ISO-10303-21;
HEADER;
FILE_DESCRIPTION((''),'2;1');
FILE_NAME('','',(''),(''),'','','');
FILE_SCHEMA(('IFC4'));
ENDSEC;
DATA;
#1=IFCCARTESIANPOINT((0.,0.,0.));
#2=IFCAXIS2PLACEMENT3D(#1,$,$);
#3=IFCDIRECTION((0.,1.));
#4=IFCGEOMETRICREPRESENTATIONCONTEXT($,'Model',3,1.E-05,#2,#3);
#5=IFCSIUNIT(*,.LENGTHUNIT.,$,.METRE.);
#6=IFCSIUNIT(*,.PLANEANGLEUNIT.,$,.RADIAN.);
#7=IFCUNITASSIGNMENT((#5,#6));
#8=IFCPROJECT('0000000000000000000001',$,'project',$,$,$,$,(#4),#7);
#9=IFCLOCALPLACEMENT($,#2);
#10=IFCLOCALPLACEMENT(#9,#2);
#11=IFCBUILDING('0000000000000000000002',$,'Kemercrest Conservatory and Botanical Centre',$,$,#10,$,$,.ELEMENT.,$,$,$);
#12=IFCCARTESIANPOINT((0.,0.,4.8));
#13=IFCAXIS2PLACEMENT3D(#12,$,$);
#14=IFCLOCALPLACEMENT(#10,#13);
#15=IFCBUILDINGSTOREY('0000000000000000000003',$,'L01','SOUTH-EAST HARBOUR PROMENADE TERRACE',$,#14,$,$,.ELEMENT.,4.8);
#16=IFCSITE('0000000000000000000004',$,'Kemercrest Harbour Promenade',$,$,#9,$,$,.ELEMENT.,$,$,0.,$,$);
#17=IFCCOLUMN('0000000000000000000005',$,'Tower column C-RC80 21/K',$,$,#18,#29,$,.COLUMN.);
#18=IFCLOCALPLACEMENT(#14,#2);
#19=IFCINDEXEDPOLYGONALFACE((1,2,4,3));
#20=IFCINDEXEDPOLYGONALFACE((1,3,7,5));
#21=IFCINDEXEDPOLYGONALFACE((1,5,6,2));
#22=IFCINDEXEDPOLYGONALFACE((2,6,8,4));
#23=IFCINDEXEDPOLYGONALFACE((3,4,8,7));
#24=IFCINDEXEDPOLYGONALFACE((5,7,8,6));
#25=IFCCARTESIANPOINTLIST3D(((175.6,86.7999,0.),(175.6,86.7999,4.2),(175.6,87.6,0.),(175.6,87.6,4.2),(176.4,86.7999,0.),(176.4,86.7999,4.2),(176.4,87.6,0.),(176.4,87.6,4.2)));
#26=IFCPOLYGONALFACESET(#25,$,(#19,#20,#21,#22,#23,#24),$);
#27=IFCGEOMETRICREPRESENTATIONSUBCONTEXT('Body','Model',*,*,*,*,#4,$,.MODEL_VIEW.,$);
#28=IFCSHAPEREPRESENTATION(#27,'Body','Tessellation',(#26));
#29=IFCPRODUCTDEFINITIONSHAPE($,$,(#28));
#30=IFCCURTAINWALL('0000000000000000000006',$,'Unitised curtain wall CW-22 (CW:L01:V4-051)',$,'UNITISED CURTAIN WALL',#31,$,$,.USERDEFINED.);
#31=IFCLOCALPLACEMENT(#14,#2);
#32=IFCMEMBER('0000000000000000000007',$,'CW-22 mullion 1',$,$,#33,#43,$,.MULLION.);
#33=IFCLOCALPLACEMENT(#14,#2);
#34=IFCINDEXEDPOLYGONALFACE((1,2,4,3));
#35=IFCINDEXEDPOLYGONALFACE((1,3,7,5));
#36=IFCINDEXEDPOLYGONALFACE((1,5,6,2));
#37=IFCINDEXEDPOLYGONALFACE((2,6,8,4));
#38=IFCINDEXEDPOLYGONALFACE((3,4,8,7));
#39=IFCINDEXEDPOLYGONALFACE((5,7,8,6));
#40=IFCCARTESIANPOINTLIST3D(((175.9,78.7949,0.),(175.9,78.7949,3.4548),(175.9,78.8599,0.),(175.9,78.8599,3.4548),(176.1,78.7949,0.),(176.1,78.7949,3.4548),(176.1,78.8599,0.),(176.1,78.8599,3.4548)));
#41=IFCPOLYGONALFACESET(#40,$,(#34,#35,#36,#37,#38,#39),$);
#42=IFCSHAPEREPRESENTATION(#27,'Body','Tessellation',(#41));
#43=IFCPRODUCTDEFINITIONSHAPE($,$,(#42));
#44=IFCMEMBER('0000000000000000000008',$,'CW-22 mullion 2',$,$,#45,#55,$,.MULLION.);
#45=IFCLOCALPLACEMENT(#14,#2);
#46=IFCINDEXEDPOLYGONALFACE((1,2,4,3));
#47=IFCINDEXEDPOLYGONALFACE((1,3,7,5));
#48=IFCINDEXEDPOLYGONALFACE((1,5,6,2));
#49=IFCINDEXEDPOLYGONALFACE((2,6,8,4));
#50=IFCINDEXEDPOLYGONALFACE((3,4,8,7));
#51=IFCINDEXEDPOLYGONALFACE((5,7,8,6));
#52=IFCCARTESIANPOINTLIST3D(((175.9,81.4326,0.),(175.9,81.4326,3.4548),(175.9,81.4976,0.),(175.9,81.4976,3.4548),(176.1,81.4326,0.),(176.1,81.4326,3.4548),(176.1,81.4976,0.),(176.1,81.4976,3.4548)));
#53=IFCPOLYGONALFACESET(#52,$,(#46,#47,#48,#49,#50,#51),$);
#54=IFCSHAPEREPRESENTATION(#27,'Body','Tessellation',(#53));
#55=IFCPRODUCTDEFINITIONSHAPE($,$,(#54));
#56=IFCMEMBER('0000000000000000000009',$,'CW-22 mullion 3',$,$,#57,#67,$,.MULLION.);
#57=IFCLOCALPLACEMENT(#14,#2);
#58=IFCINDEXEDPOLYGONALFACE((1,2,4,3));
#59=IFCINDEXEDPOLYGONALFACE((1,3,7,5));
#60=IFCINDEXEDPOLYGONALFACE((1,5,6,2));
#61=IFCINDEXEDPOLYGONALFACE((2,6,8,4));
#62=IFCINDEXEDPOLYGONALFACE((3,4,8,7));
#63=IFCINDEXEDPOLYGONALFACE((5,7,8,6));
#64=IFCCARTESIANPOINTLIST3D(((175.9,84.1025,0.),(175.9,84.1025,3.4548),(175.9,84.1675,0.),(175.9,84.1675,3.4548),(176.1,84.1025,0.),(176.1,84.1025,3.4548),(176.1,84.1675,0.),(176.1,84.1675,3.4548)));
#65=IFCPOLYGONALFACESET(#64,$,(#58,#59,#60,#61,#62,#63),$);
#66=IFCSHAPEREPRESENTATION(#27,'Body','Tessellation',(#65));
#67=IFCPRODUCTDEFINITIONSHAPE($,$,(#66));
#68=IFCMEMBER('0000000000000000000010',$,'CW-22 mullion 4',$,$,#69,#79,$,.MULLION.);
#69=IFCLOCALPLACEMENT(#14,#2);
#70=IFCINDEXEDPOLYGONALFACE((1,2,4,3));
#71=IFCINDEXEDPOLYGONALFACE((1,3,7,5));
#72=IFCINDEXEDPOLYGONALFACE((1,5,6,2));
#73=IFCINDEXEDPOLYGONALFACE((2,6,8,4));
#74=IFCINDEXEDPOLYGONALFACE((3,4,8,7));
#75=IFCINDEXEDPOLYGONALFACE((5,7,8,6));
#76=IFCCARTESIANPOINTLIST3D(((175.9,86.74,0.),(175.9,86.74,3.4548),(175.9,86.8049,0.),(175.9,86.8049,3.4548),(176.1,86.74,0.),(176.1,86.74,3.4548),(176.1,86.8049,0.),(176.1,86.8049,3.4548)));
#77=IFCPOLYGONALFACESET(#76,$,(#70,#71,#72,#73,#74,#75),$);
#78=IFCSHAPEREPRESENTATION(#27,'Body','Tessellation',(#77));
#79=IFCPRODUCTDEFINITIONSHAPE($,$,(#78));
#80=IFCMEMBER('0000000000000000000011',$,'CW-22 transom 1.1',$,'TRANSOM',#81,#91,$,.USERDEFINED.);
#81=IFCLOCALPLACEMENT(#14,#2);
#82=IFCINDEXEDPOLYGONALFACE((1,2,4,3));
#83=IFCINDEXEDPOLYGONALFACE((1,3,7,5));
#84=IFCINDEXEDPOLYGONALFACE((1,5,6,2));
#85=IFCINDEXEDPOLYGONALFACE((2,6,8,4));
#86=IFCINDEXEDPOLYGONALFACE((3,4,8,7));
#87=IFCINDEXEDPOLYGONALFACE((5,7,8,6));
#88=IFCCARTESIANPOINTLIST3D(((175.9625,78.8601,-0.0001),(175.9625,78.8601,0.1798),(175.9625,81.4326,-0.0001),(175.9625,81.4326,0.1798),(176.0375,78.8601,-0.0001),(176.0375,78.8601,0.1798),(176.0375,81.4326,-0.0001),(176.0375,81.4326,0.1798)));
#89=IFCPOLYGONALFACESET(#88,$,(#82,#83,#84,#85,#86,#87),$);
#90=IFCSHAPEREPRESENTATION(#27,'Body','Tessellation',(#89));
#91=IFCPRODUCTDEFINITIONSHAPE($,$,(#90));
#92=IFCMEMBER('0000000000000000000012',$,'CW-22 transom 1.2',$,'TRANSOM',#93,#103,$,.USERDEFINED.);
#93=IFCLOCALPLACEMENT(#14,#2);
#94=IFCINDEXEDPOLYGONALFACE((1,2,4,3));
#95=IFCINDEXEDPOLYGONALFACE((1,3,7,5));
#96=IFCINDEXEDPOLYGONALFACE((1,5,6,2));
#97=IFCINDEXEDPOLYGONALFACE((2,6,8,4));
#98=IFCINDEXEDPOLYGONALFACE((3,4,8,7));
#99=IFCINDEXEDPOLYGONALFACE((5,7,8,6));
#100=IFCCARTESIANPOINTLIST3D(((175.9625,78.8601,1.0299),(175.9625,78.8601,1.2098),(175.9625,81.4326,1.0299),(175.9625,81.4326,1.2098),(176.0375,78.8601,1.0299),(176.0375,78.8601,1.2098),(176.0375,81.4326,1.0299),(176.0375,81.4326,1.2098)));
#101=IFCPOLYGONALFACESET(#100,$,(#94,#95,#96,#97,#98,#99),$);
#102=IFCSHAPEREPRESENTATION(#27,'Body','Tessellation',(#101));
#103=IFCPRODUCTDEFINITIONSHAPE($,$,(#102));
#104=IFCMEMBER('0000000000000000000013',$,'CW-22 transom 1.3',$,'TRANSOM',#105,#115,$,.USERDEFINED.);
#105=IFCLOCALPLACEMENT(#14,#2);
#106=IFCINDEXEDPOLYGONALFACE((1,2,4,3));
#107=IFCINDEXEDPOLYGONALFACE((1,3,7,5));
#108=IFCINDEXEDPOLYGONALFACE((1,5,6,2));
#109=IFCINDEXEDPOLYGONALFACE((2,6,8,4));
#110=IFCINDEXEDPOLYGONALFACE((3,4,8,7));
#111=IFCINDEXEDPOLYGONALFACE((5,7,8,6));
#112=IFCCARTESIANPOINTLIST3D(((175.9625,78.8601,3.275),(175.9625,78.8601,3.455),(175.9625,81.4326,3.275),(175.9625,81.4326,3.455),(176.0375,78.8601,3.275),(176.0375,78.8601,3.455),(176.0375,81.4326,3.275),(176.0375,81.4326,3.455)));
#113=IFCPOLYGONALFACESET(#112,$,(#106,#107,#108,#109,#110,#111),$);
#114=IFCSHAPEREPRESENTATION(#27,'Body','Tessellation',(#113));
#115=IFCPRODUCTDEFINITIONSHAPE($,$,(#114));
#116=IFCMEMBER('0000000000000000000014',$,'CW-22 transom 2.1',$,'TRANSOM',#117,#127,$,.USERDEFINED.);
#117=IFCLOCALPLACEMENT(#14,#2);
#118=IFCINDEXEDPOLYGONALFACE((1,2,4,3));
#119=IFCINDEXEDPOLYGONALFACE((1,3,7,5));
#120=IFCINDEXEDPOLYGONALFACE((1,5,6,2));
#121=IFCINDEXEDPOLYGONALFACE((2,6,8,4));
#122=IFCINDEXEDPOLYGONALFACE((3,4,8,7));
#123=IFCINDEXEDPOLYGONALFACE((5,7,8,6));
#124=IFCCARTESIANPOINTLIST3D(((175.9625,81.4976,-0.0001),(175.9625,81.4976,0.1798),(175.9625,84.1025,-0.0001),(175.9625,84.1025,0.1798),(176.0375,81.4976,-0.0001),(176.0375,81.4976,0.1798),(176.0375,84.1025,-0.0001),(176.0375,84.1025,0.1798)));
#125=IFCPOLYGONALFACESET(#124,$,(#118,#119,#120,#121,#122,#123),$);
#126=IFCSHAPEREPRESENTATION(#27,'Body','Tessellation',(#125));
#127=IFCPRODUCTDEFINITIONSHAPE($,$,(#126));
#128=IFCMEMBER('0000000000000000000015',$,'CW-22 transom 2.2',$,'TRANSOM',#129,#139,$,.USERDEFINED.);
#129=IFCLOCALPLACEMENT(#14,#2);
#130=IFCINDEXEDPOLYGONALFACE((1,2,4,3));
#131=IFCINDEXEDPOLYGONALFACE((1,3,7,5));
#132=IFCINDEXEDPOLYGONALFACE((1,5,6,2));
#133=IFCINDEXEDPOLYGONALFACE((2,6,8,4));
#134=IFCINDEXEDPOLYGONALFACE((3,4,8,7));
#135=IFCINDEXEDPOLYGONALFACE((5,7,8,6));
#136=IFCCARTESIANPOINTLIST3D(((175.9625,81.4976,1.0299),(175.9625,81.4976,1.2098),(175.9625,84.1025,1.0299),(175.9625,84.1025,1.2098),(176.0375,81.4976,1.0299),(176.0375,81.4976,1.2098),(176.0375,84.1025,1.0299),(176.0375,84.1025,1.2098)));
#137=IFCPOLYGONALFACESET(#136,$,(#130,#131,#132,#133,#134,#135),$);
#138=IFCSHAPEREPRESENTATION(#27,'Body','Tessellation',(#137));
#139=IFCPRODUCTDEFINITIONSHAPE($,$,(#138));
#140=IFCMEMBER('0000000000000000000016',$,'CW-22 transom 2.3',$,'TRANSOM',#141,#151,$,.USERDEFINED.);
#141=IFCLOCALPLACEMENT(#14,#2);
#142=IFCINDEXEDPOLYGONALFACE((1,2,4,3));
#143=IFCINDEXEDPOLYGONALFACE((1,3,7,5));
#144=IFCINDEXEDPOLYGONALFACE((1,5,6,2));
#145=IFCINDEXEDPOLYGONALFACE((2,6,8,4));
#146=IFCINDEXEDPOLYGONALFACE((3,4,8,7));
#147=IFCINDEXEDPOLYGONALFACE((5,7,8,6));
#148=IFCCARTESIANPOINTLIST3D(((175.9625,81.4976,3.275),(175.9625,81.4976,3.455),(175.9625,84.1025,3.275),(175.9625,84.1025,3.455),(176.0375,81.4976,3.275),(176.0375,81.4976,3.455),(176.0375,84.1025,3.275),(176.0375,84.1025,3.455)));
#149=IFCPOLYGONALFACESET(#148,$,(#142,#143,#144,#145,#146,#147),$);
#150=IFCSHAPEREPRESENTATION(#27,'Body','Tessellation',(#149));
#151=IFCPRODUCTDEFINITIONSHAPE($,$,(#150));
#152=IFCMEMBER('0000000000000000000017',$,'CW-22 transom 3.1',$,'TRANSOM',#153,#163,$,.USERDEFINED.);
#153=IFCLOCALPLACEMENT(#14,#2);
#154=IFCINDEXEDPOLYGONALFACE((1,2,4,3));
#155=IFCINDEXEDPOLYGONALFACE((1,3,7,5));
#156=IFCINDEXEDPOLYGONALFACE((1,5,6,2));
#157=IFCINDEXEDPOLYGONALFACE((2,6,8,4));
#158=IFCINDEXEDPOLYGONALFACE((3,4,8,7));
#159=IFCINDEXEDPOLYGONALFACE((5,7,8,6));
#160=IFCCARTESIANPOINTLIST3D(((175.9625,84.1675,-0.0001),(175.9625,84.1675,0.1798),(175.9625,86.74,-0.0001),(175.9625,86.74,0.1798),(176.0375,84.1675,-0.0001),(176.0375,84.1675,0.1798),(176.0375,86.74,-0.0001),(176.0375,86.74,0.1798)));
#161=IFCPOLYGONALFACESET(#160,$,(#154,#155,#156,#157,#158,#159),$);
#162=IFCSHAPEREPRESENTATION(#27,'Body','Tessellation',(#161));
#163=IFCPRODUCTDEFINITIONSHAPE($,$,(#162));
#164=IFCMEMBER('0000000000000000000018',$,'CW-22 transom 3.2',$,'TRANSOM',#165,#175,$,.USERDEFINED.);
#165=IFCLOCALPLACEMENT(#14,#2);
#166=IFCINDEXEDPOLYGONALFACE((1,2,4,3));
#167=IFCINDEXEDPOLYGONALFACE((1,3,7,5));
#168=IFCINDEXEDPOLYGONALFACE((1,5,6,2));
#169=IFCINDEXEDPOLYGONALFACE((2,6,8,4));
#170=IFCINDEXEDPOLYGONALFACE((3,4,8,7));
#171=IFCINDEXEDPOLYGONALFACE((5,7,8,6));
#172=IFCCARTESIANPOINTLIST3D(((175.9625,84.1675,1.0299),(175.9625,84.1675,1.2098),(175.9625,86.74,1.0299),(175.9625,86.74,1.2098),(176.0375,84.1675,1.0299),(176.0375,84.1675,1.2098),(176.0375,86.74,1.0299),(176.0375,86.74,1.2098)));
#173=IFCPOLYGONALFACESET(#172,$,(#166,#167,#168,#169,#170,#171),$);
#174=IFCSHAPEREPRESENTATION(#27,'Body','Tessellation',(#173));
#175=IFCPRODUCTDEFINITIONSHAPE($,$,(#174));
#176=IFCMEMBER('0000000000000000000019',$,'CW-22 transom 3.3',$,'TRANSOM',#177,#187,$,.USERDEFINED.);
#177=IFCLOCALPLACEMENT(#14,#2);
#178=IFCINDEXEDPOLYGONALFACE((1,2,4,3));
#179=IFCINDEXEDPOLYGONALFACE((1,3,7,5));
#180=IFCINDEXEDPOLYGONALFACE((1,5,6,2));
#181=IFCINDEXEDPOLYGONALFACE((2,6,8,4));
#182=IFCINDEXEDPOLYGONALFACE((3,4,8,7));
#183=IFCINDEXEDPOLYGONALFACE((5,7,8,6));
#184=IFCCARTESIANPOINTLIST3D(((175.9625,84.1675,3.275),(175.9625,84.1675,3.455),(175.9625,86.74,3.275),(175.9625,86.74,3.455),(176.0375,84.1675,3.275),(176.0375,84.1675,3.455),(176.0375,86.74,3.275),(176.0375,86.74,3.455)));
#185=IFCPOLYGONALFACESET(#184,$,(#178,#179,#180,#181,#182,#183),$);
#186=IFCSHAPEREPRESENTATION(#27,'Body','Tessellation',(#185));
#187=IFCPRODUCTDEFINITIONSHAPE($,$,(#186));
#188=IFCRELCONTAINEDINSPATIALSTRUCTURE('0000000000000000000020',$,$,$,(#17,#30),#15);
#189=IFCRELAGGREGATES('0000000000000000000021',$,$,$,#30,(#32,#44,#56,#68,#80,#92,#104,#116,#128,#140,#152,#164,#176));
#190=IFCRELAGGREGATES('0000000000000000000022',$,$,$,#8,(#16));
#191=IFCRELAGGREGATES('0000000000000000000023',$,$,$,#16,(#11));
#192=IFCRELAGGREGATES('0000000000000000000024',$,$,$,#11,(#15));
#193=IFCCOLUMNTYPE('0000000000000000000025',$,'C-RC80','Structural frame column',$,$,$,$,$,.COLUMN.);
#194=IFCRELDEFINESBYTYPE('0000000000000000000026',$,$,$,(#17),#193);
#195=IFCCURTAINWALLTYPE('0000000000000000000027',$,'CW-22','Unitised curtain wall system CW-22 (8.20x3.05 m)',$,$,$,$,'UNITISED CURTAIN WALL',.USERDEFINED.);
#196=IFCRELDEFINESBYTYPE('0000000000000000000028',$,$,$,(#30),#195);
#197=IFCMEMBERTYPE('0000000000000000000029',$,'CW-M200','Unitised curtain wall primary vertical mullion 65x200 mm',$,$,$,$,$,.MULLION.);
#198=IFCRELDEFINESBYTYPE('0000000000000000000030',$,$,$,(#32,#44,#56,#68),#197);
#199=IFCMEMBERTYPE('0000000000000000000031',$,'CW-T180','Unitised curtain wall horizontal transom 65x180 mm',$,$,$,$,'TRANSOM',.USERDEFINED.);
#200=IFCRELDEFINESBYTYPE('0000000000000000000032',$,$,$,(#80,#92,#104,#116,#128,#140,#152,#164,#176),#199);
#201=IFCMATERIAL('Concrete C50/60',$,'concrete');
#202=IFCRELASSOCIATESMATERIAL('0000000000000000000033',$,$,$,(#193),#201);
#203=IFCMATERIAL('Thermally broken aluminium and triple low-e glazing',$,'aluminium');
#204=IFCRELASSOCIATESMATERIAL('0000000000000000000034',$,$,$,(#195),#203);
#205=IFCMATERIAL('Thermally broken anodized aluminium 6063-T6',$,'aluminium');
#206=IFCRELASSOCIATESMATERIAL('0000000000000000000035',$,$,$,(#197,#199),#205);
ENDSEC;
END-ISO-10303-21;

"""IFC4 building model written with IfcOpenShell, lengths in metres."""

from ifc_helpers import new_model, si_unit, direction, frame, origin, origin_2d, place, context, subcontext, project, spatial, rectangle, extrude, material, material_profile, profile_set, type_object, element, aggregate, save


model = new_model("IFC4")

# Units and contexts
model_context = context("Model", 3, precision=1e-05, world=origin(), true_north=direction((0.0, 1.0)))
body_context = subcontext(model_context, "Body", "Model", "MODEL_VIEW")
ifc_project = project(units=[si_unit("LENGTHUNIT", "METRE"), si_unit("PLANEANGLEUNIT", "RADIAN")], contexts=[model_context])

# Site, building, storey
site_placement = place(None, origin())
site = spatial("IfcSite", under=ifc_project, at=site_placement, Name="Kemercrest Harbour Promenade", CompositionType="ELEMENT", RefElevation=0.0)
building_placement = place(site_placement, origin())
building = spatial("IfcBuilding", under=site, at=building_placement, Name="Kemercrest Conservatory and Botanical Centre", CompositionType="ELEMENT")
storey_placement = place(building_placement, frame((0.0, 0.0, 4.8)))
storey = spatial("IfcBuildingStorey", under=building, at=storey_placement, Name="L01", Description="SOUTH-EAST HARBOUR PROMENADE TERRACE", CompositionType="ELEMENT", Elevation=4.8)

# Column
ifc_material_1 = material(Name="Concrete C50/60", Category="concrete")
ifc_material_profile_1 = material_profile(ifc_material_1, rectangle(XDim=0.8, YDim=0.8, at=origin_2d()), Name="RC 800x800")
ifc_profile_set_1 = profile_set([ifc_material_profile_1], Name="Concrete C50/60")
column_type = type_object("IfcColumnType", Name="C-RC80", Description="Structural frame column", PredefinedType="COLUMN", material=ifc_profile_set_1)
column_placement = place(storey_placement, frame((176.0, 87.2, 0.0), z_axis=(0.0, 0.0, 1.0), x_axis=(1.0, 0.0, 0.0)))
element("IfcColumn", 1, at=column_placement, inside=storey, type_object=column_type, Name="Tower column C-RC80 21/K", PredefinedType="COLUMN", context=body_context, shape_type="SweptSolid", body=[
    extrude(rectangle(XDim=0.8, YDim=0.8, at=origin_2d()), origin(), (0.0, 0.0, 1.0), 4.2),
])

# Curtain wall, members
ifc_material_2 = material(Name="Thermally broken aluminium and triple low-e glazing", Category="aluminium")
curtain_wall_type = type_object("IfcCurtainWallType", Name="CW-22", Description="Unitised curtain wall system CW-22 (8.20x3.05 m)", ElementType="UNITISED CURTAIN WALL", PredefinedType="USERDEFINED", material=ifc_material_2)
curtain_wall_placement = place(storey_placement, origin())
curtain_wall = element("IfcCurtainWall", 2, at=curtain_wall_placement, inside=storey, type_object=curtain_wall_type, Name="Unitised curtain wall CW-22 (CW:L01:V4-051)", ObjectType="UNITISED CURTAIN WALL", PredefinedType="USERDEFINED")
ifc_material_3 = material(Name="Thermally broken anodized aluminium 6063-T6", Category="aluminium")
ifc_material_profile_2 = material_profile(ifc_material_3, rectangle(XDim=0.2, YDim=0.0649, at=origin_2d()), Name="AL MULLION 65x200")
ifc_profile_set_2 = profile_set([ifc_material_profile_2], Name="Thermally broken anodized aluminium 6063-T6")
member_type_1 = type_object("IfcMemberType", Name="CW-M200", Description="Unitised curtain wall primary vertical mullion 65x200 mm", PredefinedType="MULLION", material=ifc_profile_set_2)
member_1_placement = place(storey_placement, frame((176.0, 78.8274, 0.0), z_axis=(0.0, 0.0, 1.0), x_axis=(-1.0, 0.0, 0.0)))
member_1 = element("IfcMember", 3, at=member_1_placement, type_object=member_type_1, Name="CW-22 mullion 1", PredefinedType="MULLION", context=body_context, shape_type="SweptSolid", body=[
    extrude(rectangle(XDim=0.2, YDim=0.0649, at=origin_2d()), origin(), (0.0, 0.0, 1.0), 3.4548),
])
member_2_placement = place(storey_placement, frame((176.0, 81.4651, 0.0), z_axis=(0.0, 0.0, 1.0), x_axis=(-1.0, 0.0, 0.0)))
member_2 = element("IfcMember", 4, at=member_2_placement, type_object=member_type_1, Name="CW-22 mullion 2", PredefinedType="MULLION", context=body_context, shape_type="SweptSolid", body=[
    extrude(rectangle(XDim=0.2, YDim=0.0649, at=origin_2d()), origin(), (0.0, 0.0, 1.0), 3.4548),
])
member_3_placement = place(storey_placement, frame((176.0, 84.135, 0.0), z_axis=(0.0, 0.0, 1.0), x_axis=(-1.0, 0.0, 0.0)))
member_3 = element("IfcMember", 5, at=member_3_placement, type_object=member_type_1, Name="CW-22 mullion 3", PredefinedType="MULLION", context=body_context, shape_type="SweptSolid", body=[
    extrude(rectangle(XDim=0.2, YDim=0.0649, at=origin_2d()), origin(), (0.0, 0.0, 1.0), 3.4548),
])
member_4_placement = place(storey_placement, frame((176.0, 86.7725, 0.0), z_axis=(0.0, 0.0, 1.0), x_axis=(-1.0, 0.0, 0.0)))
member_4 = element("IfcMember", 6, at=member_4_placement, type_object=member_type_1, Name="CW-22 mullion 4", PredefinedType="MULLION", context=body_context, shape_type="SweptSolid", body=[
    extrude(rectangle(XDim=0.2, YDim=0.0649, at=origin_2d()), origin(), (0.0, 0.0, 1.0), 3.4548),
])
ifc_material_profile_3 = material_profile(ifc_material_3, rectangle(XDim=0.075, YDim=0.1799, at=origin_2d()), Name="AL TRANSOM 75x180")
ifc_profile_set_3 = profile_set([ifc_material_profile_3], Name="Thermally broken anodized aluminium 6063-T6")
member_type_2 = type_object("IfcMemberType", Name="CW-T180", Description="Unitised curtain wall horizontal transom 65x180 mm", ElementType="TRANSOM", PredefinedType="USERDEFINED", material=ifc_profile_set_3)
member_5_placement = place(storey_placement, frame((176.0, 78.8601, 0.0898), z_axis=(0.0, 1.0, 0.0), x_axis=(-1.0, 0.0, 0.0)))
member_5 = element("IfcMember", 7, at=member_5_placement, type_object=member_type_2, Name="CW-22 transom 1.1", ObjectType="TRANSOM", PredefinedType="USERDEFINED", context=body_context, shape_type="SweptSolid", body=[
    extrude(rectangle(XDim=0.075, YDim=0.1799, at=origin_2d()), origin(), (0.0, 0.0, 1.0), 2.5725),
])
member_6_placement = place(storey_placement, frame((176.0, 78.8601, 1.1199), z_axis=(0.0, 1.0, 0.0), x_axis=(-1.0, 0.0, 0.0)))
member_6 = element("IfcMember", 8, at=member_6_placement, type_object=member_type_2, Name="CW-22 transom 1.2", ObjectType="TRANSOM", PredefinedType="USERDEFINED", context=body_context, shape_type="SweptSolid", body=[
    extrude(rectangle(XDim=0.075, YDim=0.1799, at=origin_2d()), origin(), (0.0, 0.0, 1.0), 2.5725),
])
member_7_placement = place(storey_placement, frame((176.0, 78.8601, 3.365), z_axis=(0.0, 1.0, 0.0), x_axis=(-1.0, 0.0, 0.0)))
member_7 = element("IfcMember", 9, at=member_7_placement, type_object=member_type_2, Name="CW-22 transom 1.3", ObjectType="TRANSOM", PredefinedType="USERDEFINED", context=body_context, shape_type="SweptSolid", body=[
    extrude(rectangle(XDim=0.075, YDim=0.1799, at=origin_2d()), origin(), (0.0, 0.0, 1.0), 2.5725),
])
member_8_placement = place(storey_placement, frame((176.0, 81.4976, 0.0898), z_axis=(0.0, 1.0, 0.0), x_axis=(-1.0, 0.0, 0.0)))
member_8 = element("IfcMember", 10, at=member_8_placement, type_object=member_type_2, Name="CW-22 transom 2.1", ObjectType="TRANSOM", PredefinedType="USERDEFINED", context=body_context, shape_type="SweptSolid", body=[
    extrude(rectangle(XDim=0.075, YDim=0.1799, at=origin_2d()), origin(), (0.0, 0.0, 1.0), 2.605),
])
member_9_placement = place(storey_placement, frame((176.0, 81.4976, 1.1199), z_axis=(0.0, 1.0, 0.0), x_axis=(-1.0, 0.0, 0.0)))
member_9 = element("IfcMember", 11, at=member_9_placement, type_object=member_type_2, Name="CW-22 transom 2.2", ObjectType="TRANSOM", PredefinedType="USERDEFINED", context=body_context, shape_type="SweptSolid", body=[
    extrude(rectangle(XDim=0.075, YDim=0.1799, at=origin_2d()), origin(), (0.0, 0.0, 1.0), 2.605),
])
member_10_placement = place(storey_placement, frame((176.0, 81.4976, 3.365), z_axis=(0.0, 1.0, 0.0), x_axis=(-1.0, 0.0, 0.0)))
member_10 = element("IfcMember", 12, at=member_10_placement, type_object=member_type_2, Name="CW-22 transom 2.3", ObjectType="TRANSOM", PredefinedType="USERDEFINED", context=body_context, shape_type="SweptSolid", body=[
    extrude(rectangle(XDim=0.075, YDim=0.1799, at=origin_2d()), origin(), (0.0, 0.0, 1.0), 2.605),
])
member_11_placement = place(storey_placement, frame((176.0, 84.1675, 0.0898), z_axis=(0.0, 1.0, 0.0), x_axis=(-1.0, 0.0, 0.0)))
member_11 = element("IfcMember", 13, at=member_11_placement, type_object=member_type_2, Name="CW-22 transom 3.1", ObjectType="TRANSOM", PredefinedType="USERDEFINED", context=body_context, shape_type="SweptSolid", body=[
    extrude(rectangle(XDim=0.075, YDim=0.1799, at=origin_2d()), origin(), (0.0, 0.0, 1.0), 2.5725),
])
member_12_placement = place(storey_placement, frame((176.0, 84.1675, 1.1199), z_axis=(0.0, 1.0, 0.0), x_axis=(-1.0, 0.0, 0.0)))
member_12 = element("IfcMember", 14, at=member_12_placement, type_object=member_type_2, Name="CW-22 transom 3.2", ObjectType="TRANSOM", PredefinedType="USERDEFINED", context=body_context, shape_type="SweptSolid", body=[
    extrude(rectangle(XDim=0.075, YDim=0.1799, at=origin_2d()), origin(), (0.0, 0.0, 1.0), 2.5725),
])
member_13_placement = place(storey_placement, frame((176.0, 84.1675, 3.365), z_axis=(0.0, 1.0, 0.0), x_axis=(-1.0, 0.0, 0.0)))
member_13 = element("IfcMember", 15, at=member_13_placement, type_object=member_type_2, Name="CW-22 transom 3.3", ObjectType="TRANSOM", PredefinedType="USERDEFINED", context=body_context, shape_type="SweptSolid", body=[
    extrude(rectangle(XDim=0.075, YDim=0.1799, at=origin_2d()), origin(), (0.0, 0.0, 1.0), 2.5725),
])

aggregate(curtain_wall, [member_1, member_2, member_3, member_4, member_5, member_6, member_7, member_8, member_9, member_10, member_11, member_12, member_13])

save(model, "model.ifc")
